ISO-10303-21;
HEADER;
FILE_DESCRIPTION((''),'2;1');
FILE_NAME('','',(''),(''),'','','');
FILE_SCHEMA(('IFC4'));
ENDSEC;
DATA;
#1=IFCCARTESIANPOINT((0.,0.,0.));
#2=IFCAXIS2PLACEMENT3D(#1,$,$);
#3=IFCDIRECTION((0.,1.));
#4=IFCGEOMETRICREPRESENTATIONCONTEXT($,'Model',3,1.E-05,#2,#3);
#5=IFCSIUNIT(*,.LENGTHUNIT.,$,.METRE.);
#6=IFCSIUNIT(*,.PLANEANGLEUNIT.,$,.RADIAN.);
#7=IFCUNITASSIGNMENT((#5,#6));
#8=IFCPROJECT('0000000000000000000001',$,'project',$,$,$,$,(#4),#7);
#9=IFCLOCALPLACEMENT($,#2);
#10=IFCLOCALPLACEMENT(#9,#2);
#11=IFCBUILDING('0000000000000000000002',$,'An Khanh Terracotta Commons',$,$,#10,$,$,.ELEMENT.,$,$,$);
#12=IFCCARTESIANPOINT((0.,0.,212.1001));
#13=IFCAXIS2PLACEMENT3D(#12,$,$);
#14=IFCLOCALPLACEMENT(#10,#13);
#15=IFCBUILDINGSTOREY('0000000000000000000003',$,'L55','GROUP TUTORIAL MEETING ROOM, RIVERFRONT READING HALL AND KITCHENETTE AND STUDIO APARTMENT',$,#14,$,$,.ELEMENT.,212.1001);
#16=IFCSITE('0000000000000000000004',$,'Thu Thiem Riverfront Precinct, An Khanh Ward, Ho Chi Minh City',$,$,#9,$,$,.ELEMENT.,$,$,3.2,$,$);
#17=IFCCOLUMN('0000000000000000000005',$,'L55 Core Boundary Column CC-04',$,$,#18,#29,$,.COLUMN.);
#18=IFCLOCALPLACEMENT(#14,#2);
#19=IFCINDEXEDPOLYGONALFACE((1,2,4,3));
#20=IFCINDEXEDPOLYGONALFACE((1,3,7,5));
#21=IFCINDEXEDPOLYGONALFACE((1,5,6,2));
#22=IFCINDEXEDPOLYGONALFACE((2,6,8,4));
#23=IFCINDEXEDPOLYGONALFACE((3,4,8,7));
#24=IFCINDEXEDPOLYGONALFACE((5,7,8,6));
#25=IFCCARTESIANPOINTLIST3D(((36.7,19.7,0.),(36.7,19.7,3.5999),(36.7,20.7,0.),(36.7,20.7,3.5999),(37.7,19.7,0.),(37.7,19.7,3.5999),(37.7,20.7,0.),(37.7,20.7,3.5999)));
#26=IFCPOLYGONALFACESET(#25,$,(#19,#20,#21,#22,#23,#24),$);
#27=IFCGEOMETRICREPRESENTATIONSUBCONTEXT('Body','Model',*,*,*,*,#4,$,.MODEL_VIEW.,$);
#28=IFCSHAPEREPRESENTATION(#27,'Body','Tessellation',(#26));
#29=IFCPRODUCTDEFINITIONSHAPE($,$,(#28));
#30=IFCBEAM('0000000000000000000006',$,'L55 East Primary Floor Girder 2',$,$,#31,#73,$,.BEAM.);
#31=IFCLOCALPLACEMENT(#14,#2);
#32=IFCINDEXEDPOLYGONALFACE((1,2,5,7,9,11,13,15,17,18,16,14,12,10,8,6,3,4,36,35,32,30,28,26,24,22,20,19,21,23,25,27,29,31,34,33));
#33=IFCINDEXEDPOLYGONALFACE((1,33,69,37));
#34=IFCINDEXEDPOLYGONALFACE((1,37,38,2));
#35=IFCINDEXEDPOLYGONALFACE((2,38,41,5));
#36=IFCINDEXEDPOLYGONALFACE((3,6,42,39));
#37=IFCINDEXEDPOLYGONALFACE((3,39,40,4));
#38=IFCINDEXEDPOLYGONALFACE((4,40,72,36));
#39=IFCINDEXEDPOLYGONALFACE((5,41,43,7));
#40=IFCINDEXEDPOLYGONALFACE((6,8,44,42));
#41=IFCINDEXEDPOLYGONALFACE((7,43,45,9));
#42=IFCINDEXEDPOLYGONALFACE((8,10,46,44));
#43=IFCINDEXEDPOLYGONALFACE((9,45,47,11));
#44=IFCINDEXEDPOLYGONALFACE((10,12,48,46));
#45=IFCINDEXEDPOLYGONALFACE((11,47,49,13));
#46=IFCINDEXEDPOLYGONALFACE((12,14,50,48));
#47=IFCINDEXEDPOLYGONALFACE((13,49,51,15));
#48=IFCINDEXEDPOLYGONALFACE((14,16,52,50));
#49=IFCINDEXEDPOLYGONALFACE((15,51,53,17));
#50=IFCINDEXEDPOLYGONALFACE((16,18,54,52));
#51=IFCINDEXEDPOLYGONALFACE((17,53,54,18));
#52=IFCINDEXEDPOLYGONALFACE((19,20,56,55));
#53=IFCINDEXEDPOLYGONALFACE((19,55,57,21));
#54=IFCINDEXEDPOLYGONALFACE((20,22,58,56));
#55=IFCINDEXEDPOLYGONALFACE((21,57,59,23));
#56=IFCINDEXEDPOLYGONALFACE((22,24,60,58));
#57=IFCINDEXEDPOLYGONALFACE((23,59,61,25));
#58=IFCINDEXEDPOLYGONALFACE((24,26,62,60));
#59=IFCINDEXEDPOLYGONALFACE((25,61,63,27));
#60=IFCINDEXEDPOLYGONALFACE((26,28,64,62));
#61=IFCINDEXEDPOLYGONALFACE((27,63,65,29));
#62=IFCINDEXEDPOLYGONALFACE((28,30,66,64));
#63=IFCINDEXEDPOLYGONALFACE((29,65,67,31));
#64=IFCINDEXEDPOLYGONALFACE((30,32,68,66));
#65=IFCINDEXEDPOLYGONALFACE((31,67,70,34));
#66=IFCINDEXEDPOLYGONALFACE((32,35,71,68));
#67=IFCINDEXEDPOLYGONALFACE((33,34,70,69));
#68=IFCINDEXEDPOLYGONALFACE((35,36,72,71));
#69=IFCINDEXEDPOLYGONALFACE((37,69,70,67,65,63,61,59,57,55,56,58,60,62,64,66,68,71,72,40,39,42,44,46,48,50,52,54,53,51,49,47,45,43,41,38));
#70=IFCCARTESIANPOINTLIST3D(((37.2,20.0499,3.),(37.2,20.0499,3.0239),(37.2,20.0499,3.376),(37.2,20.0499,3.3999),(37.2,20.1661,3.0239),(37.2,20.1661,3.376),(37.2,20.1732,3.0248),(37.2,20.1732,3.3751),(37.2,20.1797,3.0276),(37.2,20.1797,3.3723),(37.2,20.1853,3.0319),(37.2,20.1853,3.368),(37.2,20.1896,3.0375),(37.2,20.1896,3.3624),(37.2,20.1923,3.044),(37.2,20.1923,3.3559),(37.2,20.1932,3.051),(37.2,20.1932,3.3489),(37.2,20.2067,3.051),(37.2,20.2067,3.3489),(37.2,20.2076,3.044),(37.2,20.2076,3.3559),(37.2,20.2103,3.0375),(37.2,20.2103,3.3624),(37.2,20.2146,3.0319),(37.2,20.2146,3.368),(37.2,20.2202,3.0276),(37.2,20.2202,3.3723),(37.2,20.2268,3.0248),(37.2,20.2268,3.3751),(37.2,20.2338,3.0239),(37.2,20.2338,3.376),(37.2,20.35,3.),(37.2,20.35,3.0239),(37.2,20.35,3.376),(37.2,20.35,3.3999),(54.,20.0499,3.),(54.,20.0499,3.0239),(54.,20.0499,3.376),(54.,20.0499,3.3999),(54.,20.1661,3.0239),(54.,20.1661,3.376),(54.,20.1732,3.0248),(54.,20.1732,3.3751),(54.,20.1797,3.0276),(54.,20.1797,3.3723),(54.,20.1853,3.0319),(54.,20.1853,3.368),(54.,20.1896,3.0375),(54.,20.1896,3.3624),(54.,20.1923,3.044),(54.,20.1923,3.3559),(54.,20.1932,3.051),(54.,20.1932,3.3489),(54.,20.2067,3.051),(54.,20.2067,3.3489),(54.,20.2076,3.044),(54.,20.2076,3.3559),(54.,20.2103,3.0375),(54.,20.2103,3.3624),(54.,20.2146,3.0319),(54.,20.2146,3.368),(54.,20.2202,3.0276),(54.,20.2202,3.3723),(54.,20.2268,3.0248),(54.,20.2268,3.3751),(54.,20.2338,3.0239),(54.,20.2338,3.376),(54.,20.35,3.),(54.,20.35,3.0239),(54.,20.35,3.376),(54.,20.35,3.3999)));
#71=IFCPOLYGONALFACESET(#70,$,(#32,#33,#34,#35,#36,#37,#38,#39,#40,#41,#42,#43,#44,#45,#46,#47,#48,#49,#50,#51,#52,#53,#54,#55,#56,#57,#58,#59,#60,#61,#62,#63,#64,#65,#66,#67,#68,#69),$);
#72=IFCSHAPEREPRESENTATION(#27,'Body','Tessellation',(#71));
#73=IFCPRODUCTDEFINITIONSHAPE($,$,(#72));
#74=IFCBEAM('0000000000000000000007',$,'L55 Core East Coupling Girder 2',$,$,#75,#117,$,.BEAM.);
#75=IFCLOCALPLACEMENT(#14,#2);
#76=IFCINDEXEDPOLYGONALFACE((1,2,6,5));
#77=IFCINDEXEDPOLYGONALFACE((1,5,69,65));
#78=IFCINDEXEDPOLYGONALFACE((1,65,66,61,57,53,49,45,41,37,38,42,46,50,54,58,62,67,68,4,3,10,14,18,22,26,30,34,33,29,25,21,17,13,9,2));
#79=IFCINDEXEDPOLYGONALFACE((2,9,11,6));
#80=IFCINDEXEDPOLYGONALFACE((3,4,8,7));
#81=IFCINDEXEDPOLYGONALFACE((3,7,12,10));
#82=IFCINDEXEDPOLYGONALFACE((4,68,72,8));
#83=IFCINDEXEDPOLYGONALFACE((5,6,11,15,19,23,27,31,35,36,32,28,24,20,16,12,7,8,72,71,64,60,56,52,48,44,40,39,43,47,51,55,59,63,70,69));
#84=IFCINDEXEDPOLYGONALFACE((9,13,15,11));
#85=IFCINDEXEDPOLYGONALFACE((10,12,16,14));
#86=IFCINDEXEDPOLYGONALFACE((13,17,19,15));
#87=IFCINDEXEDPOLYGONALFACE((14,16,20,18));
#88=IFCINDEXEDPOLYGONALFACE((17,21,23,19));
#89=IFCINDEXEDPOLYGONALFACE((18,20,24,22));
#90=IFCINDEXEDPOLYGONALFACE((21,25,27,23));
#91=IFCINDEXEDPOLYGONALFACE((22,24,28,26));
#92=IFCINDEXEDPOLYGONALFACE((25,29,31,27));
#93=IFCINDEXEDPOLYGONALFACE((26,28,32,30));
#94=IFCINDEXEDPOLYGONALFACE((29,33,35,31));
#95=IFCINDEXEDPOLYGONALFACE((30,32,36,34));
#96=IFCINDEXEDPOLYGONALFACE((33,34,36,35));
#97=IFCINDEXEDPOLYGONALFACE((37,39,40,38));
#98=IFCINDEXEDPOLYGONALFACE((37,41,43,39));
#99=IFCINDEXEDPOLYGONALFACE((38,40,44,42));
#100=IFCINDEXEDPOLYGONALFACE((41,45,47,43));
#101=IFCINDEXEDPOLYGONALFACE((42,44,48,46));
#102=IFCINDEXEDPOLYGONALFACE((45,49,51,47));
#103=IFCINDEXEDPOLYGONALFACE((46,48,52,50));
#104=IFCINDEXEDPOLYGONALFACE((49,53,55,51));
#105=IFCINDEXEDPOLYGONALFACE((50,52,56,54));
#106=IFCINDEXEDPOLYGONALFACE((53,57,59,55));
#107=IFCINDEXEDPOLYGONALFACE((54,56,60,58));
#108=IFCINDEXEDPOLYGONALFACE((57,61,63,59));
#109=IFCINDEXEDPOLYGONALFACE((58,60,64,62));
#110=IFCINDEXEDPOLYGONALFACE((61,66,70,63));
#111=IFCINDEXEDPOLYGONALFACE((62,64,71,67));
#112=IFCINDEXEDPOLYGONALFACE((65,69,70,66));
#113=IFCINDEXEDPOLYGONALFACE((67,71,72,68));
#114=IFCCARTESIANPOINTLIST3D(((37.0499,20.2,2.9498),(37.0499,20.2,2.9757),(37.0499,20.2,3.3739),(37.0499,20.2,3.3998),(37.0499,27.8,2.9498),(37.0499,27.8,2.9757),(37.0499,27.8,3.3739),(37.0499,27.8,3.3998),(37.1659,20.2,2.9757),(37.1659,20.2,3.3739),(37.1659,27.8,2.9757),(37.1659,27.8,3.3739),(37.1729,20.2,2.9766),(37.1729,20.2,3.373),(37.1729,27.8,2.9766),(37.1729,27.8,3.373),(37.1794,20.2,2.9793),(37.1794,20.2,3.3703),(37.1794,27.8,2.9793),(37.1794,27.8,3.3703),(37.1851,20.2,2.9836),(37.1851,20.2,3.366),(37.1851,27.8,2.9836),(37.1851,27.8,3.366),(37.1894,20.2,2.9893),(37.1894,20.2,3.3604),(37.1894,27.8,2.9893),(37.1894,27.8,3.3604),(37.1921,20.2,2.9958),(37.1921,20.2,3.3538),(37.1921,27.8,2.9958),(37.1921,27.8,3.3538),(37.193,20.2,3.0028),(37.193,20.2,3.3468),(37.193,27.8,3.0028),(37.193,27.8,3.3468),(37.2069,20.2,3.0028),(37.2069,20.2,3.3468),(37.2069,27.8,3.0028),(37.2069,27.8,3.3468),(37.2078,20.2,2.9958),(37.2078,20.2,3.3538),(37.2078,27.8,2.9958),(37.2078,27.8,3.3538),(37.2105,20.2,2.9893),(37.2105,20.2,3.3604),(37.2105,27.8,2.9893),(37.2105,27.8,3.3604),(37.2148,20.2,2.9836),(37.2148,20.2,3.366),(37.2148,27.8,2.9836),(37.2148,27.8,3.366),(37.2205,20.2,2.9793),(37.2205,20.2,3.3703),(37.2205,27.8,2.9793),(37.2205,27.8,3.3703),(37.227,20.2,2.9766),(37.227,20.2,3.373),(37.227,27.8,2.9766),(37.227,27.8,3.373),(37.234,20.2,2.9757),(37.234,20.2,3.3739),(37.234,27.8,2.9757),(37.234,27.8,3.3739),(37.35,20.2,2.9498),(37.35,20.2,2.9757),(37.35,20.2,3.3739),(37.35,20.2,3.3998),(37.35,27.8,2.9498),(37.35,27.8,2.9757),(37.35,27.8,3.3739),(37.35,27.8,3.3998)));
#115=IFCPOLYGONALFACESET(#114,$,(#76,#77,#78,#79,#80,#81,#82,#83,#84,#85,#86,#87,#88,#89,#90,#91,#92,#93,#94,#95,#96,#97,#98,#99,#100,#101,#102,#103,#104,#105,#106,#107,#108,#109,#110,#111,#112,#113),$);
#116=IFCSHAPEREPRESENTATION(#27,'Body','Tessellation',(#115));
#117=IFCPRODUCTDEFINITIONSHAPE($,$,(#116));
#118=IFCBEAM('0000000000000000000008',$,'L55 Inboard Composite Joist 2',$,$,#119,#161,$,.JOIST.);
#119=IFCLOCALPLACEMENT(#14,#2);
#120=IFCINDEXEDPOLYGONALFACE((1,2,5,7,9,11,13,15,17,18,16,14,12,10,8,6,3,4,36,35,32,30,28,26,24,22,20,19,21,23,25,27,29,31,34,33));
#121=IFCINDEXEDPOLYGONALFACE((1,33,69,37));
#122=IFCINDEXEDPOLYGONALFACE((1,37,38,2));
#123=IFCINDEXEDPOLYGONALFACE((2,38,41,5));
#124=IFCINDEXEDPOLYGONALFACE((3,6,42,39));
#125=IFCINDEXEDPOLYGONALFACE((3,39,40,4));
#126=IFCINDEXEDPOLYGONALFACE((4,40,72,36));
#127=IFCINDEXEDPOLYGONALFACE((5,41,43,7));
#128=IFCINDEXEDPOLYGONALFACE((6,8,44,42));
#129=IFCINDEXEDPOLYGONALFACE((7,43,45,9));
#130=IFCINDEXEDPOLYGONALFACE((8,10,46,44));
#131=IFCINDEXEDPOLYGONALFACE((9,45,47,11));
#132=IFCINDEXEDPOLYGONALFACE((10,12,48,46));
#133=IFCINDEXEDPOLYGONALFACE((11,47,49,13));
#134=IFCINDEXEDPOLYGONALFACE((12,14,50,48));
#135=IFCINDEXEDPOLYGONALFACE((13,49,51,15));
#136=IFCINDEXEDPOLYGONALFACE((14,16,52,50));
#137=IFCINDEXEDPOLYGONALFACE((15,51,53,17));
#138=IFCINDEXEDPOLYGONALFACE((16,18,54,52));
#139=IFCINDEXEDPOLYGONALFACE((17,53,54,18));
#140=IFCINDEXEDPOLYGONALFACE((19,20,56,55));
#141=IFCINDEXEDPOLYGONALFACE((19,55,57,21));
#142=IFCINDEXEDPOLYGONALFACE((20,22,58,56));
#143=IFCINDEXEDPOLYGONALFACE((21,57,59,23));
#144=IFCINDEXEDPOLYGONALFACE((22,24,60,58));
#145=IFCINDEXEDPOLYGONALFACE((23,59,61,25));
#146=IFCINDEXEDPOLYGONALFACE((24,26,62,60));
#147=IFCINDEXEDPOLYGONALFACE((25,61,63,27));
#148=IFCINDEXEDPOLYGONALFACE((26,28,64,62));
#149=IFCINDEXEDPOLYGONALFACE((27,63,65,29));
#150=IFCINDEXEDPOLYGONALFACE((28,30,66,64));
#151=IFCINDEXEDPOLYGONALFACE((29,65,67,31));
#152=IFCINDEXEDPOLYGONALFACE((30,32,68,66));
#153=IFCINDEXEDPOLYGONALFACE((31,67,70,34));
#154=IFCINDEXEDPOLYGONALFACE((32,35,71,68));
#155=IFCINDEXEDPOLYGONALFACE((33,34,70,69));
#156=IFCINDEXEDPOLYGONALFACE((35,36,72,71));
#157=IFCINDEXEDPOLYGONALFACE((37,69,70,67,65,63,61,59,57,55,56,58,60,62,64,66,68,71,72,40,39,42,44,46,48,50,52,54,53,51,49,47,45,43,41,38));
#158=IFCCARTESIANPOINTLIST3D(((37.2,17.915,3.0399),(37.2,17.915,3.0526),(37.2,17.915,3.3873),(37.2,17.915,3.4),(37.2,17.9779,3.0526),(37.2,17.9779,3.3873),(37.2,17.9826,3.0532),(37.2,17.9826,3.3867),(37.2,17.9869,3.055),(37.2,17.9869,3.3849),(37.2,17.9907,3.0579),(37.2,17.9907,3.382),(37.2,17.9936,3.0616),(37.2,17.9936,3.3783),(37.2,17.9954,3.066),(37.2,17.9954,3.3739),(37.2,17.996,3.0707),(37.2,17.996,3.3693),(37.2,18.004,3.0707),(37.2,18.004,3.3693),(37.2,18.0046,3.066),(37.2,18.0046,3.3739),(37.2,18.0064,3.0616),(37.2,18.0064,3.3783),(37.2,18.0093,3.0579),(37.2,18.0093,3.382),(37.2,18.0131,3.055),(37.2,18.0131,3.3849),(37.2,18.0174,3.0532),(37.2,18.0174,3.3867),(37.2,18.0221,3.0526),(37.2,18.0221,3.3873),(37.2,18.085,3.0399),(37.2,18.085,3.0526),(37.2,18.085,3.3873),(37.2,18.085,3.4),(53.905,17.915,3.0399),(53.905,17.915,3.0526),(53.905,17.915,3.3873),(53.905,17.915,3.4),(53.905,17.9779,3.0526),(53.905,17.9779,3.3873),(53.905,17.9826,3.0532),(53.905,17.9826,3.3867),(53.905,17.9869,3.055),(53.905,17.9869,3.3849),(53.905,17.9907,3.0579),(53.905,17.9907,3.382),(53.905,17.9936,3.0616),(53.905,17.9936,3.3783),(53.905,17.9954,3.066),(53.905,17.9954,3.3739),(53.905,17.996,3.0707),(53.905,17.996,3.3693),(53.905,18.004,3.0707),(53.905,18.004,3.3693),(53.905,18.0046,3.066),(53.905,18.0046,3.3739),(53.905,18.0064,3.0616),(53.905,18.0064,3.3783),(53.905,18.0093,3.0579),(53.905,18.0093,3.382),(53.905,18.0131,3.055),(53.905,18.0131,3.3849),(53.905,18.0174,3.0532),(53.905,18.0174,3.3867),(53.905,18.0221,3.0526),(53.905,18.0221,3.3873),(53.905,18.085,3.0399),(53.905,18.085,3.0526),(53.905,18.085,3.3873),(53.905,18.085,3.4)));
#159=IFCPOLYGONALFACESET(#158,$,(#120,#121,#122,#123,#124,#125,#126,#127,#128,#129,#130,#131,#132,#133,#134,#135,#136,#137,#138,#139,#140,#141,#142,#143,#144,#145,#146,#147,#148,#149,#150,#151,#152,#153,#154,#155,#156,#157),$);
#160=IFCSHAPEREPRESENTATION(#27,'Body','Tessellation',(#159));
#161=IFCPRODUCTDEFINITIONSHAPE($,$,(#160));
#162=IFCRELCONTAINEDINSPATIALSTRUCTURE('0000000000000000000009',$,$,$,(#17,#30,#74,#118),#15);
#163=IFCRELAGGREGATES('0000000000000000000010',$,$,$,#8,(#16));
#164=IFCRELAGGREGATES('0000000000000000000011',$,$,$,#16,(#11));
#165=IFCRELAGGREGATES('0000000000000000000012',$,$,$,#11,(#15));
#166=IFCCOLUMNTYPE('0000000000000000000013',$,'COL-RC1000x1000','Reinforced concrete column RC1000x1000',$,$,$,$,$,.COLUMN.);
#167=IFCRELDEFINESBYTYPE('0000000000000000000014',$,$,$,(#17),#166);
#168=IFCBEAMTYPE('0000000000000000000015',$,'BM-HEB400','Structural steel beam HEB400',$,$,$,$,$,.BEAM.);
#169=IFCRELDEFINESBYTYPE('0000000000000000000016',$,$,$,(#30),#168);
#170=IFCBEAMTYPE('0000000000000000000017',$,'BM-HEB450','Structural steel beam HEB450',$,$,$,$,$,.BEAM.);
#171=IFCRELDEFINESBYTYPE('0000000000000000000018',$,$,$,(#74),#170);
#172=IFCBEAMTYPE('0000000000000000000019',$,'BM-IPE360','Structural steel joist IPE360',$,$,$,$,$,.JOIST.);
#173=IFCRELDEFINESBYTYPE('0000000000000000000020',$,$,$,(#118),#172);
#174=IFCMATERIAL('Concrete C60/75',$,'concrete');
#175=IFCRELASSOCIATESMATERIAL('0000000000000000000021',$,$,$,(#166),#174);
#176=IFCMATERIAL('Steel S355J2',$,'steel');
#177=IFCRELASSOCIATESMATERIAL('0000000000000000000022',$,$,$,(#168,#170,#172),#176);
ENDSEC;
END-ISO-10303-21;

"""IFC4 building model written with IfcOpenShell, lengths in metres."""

from ifc_helpers import new_model, si_unit, direction, frame, origin, origin_2d, place, context, subcontext, project, spatial, rectangle, i_section, extrude, material, material_profile, profile_set, type_object, element, save


model = new_model("IFC4")

# Units and contexts
model_context = context("Model", 3, precision=1e-05, world=origin(), true_north=direction((0.0, 1.0)))
body_context = subcontext(model_context, "Body", "Model", "MODEL_VIEW")
ifc_project = project(units=[si_unit("LENGTHUNIT", "METRE"), si_unit("PLANEANGLEUNIT", "RADIAN")], contexts=[model_context])

# Site, building, storey
site_placement = place(None, origin())
site = spatial("IfcSite", under=ifc_project, at=site_placement, Name="Thu Thiem Riverfront Precinct, An Khanh Ward, Ho Chi Minh City", CompositionType="ELEMENT", RefElevation=3.2)
building_placement = place(site_placement, origin())
building = spatial("IfcBuilding", under=site, at=building_placement, Name="An Khanh Terracotta Commons", CompositionType="ELEMENT")
storey_placement = place(building_placement, frame((0.0, 0.0, 212.1001)))
storey = spatial("IfcBuildingStorey", under=building, at=storey_placement, Name="L55", Description="GROUP TUTORIAL MEETING ROOM, RIVERFRONT READING HALL AND KITCHENETTE AND STUDIO APARTMENT", CompositionType="ELEMENT", Elevation=212.1001)

# Column
ifc_material_1 = material(Name="Concrete C60/75", Category="concrete")
ifc_material_profile_1 = material_profile(ifc_material_1, rectangle(XDim=1.0, YDim=1.0, at=origin_2d()), Name="RC1000x1000")
ifc_profile_set_1 = profile_set([ifc_material_profile_1], Name="Concrete C60/75")
column_type = type_object("IfcColumnType", Name="COL-RC1000x1000", Description="Reinforced concrete column RC1000x1000", PredefinedType="COLUMN", material=ifc_profile_set_1)
column_placement = place(storey_placement, frame((37.2, 20.2, 0.0), z_axis=(0.0, 0.0, 1.0), x_axis=(1.0, 0.0, 0.0)))
element("IfcColumn", 1, at=column_placement, inside=storey, type_object=column_type, Name="L55 Core Boundary Column CC-04", PredefinedType="COLUMN", context=body_context, shape_type="SweptSolid", body=[
    extrude(rectangle(XDim=1.0, YDim=1.0, at=origin_2d()), origin(), (0.0, 0.0, 1.0), 3.5999),
])

# Beams
ifc_material_2 = material(Name="Steel S355J2", Category="steel")
ifc_material_profile_2 = material_profile(ifc_material_2, i_section(OverallWidth=0.3, OverallDepth=0.3999, WebThickness=0.0134, FlangeThickness=0.0239, FilletRadius=0.0271, at=origin_2d()), Name="HEB400")
ifc_profile_set_2 = profile_set([ifc_material_profile_2], Name="Steel S355J2")
beam_type_1 = type_object("IfcBeamType", Name="BM-HEB400", Description="Structural steel beam HEB400", PredefinedType="BEAM", material=ifc_profile_set_2)
beam_1_placement = place(storey_placement, frame((37.2, 20.2, 3.2), z_axis=(1.0, 0.0, 0.0), x_axis=(0.0, 1.0, 0.0)))
element("IfcBeam", 2, at=beam_1_placement, inside=storey, type_object=beam_type_1, Name="L55 East Primary Floor Girder 2", PredefinedType="BEAM", context=body_context, shape_type="SweptSolid", body=[
    extrude(i_section(OverallWidth=0.3, OverallDepth=0.3999, WebThickness=0.0134, FlangeThickness=0.0239, FilletRadius=0.0271, at=origin_2d()), origin(), (0.0, 0.0, 1.0), 16.8),
])
ifc_material_profile_3 = material_profile(ifc_material_2, i_section(OverallWidth=0.3, OverallDepth=0.45, WebThickness=0.0139, FlangeThickness=0.0259, FilletRadius=0.0271, at=origin_2d()), Name="HEB450")
ifc_profile_set_3 = profile_set([ifc_material_profile_3], Name="Steel S355J2")
beam_type_2 = type_object("IfcBeamType", Name="BM-HEB450", Description="Structural steel beam HEB450", PredefinedType="BEAM", material=ifc_profile_set_3)
beam_2_placement = place(storey_placement, frame((37.2, 20.2, 3.1748), z_axis=(0.0, 1.0, 0.0), x_axis=(-1.0, 0.0, 0.0)))
element("IfcBeam", 3, at=beam_2_placement, inside=storey, type_object=beam_type_2, Name="L55 Core East Coupling Girder 2", PredefinedType="BEAM", context=body_context, shape_type="SweptSolid", body=[
    extrude(i_section(OverallWidth=0.3, OverallDepth=0.45, WebThickness=0.0139, FlangeThickness=0.0259, FilletRadius=0.0271, at=origin_2d()), origin(), (0.0, 0.0, 1.0), 7.6001),
])
ifc_material_profile_4 = material_profile(ifc_material_2, i_section(OverallWidth=0.1699, OverallDepth=0.3601, WebThickness=0.0081, FlangeThickness=0.0127, FilletRadius=0.0181, at=origin_2d()), Name="IPE360")
ifc_profile_set_4 = profile_set([ifc_material_profile_4], Name="Steel S355J2")
beam_type_3 = type_object("IfcBeamType", Name="BM-IPE360", Description="Structural steel joist IPE360", PredefinedType="JOIST", material=ifc_profile_set_4)
for number, where, z_axis, x_axis, name in (
    (4, (37.2, 18.0, 3.22), (1.0, 0.0, 0.0), (0.0, 1.0, 0.0), "L55 Inboard Composite Joist 2"),
):
    element("IfcBeam", number, at=place(storey_placement, frame(where, z_axis=z_axis, x_axis=x_axis)), inside=storey, type_object=beam_type_3, Name=name, PredefinedType="JOIST", context=body_context, shape_type="SweptSolid", body=[
        extrude(i_section(OverallWidth=0.1699, OverallDepth=0.3601, WebThickness=0.0081, FlangeThickness=0.0127, FilletRadius=0.0181, at=origin_2d()), origin(), (0.0, 0.0, 1.0), 16.7051),
    ])

save(model, "model.ifc")
